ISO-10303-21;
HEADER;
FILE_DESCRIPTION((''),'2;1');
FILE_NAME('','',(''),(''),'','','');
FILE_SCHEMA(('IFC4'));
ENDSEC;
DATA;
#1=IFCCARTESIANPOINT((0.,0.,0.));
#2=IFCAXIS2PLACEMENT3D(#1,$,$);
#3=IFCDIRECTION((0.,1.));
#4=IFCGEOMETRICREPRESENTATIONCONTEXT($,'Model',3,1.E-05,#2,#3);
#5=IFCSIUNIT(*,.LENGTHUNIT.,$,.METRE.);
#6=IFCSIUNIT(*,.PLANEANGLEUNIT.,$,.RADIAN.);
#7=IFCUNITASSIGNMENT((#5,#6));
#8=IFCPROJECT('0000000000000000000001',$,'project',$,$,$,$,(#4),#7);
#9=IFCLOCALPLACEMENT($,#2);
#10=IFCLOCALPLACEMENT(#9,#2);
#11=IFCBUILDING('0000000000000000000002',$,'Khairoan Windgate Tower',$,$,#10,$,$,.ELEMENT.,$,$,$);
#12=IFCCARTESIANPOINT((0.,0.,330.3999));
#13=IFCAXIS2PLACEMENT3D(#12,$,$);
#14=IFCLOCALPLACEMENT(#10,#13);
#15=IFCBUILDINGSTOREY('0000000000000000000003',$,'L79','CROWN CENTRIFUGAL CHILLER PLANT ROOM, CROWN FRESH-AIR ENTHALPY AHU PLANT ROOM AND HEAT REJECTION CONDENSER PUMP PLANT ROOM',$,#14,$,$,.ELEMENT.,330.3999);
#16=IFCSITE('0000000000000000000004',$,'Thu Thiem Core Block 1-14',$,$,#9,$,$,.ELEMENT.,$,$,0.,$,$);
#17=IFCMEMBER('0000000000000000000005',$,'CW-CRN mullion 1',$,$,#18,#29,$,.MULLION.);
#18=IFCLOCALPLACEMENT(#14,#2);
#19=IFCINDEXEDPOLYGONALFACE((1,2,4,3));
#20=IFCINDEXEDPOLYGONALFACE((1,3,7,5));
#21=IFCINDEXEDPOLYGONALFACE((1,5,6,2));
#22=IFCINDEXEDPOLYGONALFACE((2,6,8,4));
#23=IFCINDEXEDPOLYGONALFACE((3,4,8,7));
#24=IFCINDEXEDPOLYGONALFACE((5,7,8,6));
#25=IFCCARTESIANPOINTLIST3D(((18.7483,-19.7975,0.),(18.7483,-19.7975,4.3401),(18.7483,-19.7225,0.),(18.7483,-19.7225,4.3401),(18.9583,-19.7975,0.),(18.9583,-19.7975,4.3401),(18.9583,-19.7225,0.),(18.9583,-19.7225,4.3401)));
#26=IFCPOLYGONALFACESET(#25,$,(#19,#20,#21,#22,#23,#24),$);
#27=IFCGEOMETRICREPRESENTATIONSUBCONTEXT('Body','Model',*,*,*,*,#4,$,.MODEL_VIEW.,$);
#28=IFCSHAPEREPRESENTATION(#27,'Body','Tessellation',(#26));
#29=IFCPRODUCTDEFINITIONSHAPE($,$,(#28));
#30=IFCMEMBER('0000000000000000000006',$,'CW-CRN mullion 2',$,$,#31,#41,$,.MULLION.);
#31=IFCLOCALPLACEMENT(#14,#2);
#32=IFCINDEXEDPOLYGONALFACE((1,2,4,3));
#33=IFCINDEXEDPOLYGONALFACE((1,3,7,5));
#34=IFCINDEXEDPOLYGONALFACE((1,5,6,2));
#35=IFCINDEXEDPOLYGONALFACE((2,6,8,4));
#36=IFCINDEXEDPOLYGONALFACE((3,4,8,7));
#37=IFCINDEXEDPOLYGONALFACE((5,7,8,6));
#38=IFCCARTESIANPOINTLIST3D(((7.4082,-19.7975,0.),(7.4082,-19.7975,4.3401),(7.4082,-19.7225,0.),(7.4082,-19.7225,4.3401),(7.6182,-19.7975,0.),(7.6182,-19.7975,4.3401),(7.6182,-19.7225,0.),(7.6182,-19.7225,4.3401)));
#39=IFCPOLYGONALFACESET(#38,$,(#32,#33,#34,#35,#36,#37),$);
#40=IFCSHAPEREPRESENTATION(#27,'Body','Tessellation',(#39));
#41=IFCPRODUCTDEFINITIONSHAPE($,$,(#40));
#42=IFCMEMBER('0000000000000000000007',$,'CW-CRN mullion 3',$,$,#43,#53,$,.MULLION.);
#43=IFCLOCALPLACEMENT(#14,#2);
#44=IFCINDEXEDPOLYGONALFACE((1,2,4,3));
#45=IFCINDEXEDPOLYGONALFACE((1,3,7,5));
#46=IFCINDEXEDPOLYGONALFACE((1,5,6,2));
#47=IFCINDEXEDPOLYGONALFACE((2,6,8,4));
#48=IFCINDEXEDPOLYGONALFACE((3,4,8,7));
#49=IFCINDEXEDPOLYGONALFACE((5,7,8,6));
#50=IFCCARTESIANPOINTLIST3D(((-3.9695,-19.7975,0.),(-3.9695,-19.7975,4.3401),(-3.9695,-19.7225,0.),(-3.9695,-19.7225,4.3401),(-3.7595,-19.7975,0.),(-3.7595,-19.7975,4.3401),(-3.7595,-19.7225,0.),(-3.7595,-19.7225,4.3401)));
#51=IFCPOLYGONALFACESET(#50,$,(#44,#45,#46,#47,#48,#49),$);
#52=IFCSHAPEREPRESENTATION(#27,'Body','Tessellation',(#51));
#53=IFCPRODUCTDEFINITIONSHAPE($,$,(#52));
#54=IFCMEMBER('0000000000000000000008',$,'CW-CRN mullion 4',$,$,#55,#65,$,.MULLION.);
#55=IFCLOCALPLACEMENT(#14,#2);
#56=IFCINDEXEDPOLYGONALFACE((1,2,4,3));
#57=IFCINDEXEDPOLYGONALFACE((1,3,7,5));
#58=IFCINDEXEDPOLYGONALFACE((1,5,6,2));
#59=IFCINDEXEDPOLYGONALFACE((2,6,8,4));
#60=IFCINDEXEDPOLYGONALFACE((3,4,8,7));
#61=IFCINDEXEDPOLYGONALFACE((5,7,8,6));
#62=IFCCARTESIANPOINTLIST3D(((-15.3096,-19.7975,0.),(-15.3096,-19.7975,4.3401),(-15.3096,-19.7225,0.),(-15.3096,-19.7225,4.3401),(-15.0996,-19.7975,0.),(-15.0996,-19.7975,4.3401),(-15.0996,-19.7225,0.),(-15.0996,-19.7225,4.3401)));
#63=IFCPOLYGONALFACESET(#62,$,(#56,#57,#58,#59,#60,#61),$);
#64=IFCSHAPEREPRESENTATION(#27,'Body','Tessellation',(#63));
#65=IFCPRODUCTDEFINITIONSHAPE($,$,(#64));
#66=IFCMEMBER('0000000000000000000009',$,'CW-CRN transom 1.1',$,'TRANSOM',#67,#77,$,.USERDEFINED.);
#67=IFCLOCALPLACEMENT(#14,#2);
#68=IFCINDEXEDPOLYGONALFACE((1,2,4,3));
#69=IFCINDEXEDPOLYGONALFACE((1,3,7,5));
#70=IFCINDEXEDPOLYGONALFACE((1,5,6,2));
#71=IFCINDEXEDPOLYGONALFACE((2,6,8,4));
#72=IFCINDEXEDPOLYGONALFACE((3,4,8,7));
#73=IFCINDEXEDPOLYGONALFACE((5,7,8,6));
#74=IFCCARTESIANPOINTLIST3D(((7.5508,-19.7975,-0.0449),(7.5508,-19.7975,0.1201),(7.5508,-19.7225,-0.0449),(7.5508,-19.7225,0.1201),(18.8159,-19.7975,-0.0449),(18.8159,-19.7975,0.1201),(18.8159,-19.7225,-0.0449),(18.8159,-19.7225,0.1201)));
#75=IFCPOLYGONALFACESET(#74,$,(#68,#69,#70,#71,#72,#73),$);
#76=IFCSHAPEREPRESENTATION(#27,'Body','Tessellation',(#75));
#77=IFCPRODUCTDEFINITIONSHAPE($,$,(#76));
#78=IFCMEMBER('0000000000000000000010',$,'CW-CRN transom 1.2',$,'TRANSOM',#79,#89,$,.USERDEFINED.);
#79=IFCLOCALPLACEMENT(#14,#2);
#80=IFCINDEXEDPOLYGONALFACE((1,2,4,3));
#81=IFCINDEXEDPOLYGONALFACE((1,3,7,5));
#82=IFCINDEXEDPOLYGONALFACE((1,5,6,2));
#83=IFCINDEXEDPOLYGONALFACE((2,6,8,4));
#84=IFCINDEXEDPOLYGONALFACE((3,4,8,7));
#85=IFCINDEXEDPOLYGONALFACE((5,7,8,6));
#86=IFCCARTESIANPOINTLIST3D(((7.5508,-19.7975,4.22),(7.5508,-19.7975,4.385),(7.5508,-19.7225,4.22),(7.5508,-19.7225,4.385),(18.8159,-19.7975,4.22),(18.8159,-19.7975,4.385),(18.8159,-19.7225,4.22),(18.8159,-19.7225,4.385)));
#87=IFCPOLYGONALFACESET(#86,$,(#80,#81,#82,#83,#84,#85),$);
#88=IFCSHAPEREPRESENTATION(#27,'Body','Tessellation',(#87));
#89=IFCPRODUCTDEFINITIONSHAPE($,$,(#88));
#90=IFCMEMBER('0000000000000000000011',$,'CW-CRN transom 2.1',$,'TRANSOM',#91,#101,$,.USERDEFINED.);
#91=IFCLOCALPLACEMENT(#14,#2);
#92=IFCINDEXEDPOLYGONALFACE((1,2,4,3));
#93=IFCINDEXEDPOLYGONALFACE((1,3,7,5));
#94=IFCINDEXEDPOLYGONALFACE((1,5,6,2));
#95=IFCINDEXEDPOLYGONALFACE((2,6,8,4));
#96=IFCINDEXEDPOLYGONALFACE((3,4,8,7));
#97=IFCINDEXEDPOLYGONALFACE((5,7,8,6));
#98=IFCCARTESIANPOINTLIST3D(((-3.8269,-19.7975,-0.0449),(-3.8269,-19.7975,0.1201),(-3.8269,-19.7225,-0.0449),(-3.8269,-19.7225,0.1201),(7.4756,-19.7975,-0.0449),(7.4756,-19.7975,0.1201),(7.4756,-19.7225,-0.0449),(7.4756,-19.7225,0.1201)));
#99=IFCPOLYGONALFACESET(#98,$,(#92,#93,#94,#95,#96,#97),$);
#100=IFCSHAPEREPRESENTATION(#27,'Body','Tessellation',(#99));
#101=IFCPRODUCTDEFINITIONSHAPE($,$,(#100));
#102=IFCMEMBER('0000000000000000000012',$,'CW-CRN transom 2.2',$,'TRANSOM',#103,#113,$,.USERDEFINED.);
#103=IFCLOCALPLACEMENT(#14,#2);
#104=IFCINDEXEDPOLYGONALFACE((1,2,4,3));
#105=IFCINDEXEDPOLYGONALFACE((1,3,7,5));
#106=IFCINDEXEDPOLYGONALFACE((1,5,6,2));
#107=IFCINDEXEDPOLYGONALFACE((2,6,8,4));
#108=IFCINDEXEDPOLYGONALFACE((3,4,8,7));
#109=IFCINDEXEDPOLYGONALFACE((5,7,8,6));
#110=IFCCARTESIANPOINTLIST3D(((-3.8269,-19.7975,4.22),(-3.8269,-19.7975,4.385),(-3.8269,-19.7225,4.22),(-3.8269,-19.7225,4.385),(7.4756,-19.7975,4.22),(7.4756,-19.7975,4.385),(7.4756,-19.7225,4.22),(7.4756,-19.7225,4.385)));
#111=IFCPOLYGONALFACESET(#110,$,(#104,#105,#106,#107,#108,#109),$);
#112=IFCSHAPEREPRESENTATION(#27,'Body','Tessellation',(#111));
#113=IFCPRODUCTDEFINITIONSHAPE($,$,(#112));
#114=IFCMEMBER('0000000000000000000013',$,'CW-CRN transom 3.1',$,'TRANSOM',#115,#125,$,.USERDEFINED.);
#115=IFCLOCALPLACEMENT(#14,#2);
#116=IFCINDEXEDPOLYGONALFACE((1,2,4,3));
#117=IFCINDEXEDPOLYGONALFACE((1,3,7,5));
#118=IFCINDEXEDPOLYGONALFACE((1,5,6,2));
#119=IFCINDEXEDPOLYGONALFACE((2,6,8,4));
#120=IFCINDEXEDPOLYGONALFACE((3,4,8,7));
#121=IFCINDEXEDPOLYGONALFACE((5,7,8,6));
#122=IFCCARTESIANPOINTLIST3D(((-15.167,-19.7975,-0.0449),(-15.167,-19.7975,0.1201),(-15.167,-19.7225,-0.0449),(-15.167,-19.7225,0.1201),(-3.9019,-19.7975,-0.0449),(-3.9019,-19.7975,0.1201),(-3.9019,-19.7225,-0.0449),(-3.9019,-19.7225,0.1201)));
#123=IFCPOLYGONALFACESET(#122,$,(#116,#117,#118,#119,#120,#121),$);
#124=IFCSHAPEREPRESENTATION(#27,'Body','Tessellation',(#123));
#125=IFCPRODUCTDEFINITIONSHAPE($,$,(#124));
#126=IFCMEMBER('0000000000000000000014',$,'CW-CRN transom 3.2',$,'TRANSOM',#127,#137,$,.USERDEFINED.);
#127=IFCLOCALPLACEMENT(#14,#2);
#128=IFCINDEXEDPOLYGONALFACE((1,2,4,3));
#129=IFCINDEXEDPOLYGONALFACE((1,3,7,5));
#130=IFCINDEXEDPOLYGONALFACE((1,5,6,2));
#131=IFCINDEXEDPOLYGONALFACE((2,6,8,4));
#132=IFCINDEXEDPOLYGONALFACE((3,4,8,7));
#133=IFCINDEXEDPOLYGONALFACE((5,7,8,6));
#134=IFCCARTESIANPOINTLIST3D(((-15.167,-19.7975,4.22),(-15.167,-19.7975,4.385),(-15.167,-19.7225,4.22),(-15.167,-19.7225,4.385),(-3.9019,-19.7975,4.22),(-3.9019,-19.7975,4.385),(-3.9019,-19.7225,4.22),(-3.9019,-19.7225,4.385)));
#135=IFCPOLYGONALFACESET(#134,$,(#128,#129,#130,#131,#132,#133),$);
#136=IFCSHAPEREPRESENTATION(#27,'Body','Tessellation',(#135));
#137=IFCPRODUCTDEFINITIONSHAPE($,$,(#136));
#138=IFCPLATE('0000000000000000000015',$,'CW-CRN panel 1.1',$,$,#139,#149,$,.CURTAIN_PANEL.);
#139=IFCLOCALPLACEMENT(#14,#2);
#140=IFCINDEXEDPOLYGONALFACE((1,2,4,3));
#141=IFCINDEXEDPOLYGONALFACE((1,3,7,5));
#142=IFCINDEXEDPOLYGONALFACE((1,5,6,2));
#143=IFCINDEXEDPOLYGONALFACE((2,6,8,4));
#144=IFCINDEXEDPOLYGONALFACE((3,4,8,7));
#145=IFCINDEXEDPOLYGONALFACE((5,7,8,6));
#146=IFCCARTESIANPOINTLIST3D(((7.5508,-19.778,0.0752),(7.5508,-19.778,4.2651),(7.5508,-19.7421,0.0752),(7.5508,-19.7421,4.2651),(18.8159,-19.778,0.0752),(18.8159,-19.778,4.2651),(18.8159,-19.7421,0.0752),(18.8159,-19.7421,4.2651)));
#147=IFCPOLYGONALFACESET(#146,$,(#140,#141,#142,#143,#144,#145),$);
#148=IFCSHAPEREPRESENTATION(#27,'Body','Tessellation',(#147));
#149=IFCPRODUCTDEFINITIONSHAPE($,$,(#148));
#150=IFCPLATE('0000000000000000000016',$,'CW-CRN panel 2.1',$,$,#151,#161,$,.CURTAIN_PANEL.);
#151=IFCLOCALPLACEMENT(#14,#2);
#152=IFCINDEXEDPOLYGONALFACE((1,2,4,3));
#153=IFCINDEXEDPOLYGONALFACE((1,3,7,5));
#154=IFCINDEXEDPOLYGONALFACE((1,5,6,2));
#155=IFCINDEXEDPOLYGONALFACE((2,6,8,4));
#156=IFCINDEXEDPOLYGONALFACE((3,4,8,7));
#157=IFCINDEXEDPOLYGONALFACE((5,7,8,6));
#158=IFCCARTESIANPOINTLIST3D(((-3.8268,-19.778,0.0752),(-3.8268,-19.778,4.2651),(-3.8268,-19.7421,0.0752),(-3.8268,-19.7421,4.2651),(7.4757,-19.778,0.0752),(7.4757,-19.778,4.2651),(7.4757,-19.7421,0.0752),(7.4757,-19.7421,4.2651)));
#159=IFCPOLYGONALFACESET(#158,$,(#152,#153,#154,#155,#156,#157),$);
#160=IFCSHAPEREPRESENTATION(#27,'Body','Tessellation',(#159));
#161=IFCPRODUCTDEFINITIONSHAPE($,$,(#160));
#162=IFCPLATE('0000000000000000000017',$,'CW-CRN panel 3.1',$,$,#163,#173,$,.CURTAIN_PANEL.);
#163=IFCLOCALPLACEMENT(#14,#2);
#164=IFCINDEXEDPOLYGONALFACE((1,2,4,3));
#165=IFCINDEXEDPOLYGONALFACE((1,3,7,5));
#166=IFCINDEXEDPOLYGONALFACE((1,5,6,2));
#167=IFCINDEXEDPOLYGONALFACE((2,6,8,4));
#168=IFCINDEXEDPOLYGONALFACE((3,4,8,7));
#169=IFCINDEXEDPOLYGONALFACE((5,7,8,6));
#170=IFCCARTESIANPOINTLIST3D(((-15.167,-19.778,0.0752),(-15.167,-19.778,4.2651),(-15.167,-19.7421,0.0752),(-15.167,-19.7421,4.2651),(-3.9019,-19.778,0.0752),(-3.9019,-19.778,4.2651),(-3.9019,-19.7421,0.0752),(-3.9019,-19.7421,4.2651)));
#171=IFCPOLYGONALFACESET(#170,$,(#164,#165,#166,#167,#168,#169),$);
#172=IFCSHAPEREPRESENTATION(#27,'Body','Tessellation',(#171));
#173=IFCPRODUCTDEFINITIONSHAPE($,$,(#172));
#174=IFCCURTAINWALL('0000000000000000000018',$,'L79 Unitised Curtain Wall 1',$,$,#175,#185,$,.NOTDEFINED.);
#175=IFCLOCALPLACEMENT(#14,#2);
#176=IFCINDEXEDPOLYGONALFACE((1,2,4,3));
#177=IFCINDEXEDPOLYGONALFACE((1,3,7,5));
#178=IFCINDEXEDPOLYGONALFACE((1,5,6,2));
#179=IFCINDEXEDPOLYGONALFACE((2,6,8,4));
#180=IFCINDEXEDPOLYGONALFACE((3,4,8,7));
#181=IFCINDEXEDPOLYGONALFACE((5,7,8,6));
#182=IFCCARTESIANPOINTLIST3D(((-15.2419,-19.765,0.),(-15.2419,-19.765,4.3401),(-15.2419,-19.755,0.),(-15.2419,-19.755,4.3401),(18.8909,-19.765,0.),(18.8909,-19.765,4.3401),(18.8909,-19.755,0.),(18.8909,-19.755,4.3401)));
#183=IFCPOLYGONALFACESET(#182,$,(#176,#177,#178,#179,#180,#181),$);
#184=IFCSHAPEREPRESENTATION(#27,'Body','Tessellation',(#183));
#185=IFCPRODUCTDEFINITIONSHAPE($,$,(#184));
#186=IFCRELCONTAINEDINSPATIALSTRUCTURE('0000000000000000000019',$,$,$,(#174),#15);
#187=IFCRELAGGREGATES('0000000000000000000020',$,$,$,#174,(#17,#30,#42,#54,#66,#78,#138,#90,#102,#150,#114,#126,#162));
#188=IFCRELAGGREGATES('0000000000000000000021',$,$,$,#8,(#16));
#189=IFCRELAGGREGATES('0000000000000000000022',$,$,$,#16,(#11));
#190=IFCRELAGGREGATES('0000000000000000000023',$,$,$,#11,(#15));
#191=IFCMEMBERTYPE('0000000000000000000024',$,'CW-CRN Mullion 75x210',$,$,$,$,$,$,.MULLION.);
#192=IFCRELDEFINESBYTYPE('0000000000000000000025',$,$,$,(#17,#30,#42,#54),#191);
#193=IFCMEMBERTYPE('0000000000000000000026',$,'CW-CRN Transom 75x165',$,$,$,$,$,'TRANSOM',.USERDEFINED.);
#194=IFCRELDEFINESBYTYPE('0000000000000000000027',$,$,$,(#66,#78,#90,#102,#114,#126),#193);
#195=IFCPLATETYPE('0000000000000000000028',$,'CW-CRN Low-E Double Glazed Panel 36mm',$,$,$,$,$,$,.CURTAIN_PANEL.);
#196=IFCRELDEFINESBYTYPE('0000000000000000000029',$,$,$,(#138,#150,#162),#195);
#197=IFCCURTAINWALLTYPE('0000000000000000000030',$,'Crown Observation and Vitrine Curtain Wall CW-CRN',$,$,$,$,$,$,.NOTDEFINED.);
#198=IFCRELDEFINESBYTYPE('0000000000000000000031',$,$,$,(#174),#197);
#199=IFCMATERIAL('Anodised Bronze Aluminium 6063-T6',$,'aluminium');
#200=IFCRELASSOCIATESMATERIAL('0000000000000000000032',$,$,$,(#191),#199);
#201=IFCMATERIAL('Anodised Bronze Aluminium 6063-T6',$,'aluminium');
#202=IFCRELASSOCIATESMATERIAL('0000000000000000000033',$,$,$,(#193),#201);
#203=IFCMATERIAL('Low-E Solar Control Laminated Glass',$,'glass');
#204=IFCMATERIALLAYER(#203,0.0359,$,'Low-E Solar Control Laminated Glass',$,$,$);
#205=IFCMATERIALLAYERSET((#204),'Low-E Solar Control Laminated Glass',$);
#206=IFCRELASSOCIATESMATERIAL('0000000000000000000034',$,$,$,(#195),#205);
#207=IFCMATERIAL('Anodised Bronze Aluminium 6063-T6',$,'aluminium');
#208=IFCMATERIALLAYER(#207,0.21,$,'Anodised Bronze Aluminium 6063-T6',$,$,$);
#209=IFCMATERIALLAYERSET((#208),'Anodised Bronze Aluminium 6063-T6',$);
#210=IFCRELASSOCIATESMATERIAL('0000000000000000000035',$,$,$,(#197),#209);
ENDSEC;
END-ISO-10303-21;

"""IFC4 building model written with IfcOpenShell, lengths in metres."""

from ifc_helpers import new_model, si_unit, direction, frame, frame_2d, origin, origin_2d, place, context, subcontext, project, spatial, rectangle, extrude, material, layer, layer_set, material_profile, profile_set, type_object, element, aggregate, save


model = new_model("IFC4")

# Units and contexts
model_context = context("Model", 3, precision=1e-05, world=origin(), true_north=direction((0.0, 1.0)))
body_context = subcontext(model_context, "Body", "Model", "MODEL_VIEW")
ifc_project = project(units=[si_unit("LENGTHUNIT", "METRE"), si_unit("PLANEANGLEUNIT", "RADIAN")], contexts=[model_context])

# Site, building, storey
site_placement = place(None, origin())
site = spatial("IfcSite", under=ifc_project, at=site_placement, Name="Thu Thiem Core Block 1-14", CompositionType="ELEMENT", RefElevation=0.0)
building_placement = place(site_placement, origin())
building = spatial("IfcBuilding", under=site, at=building_placement, Name="Khairoan Windgate Tower", CompositionType="ELEMENT")
storey_placement = place(building_placement, frame((0.0, 0.0, 330.3999)))
storey = spatial("IfcBuildingStorey", under=building, at=storey_placement, Name="L79", Description="CROWN CENTRIFUGAL CHILLER PLANT ROOM, CROWN FRESH-AIR ENTHALPY AHU PLANT ROOM AND HEAT REJECTION CONDENSER PUMP PLANT ROOM", CompositionType="ELEMENT", Elevation=330.3999)

# Members
ifc_material_1 = material(Name="Anodised Bronze Aluminium 6063-T6", Category="aluminium")
ifc_material_profile_1 = material_profile(ifc_material_1, rectangle(XDim=0.075, YDim=0.21, at=origin_2d()))
ifc_profile_set_1 = profile_set([ifc_material_profile_1], Name="Anodised Bronze Aluminium 6063-T6")
member_type_1 = type_object("IfcMemberType", Name="CW-CRN Mullion 75x210", PredefinedType="MULLION", material=ifc_profile_set_1)
member_1_placement = place(storey_placement, frame((18.8533, -19.76, 0.0), z_axis=(0.0, 0.0, 1.0), x_axis=(0.0, -1.0, 0.0)))
member_1 = element("IfcMember", 1, at=member_1_placement, type_object=member_type_1, Name="CW-CRN mullion 1", PredefinedType="MULLION", context=body_context, shape_type="SweptSolid", body=[
    extrude(rectangle(XDim=0.075, YDim=0.21, at=origin_2d()), origin(), (0.0, 0.0, 1.0), 4.3401),
])
member_2_placement = place(storey_placement, frame((7.5132, -19.76, 0.0), z_axis=(0.0, 0.0, 1.0), x_axis=(0.0, -1.0, 0.0)))
member_2 = element("IfcMember", 2, at=member_2_placement, type_object=member_type_1, Name="CW-CRN mullion 2", PredefinedType="MULLION", context=body_context, shape_type="SweptSolid", body=[
    extrude(rectangle(XDim=0.075, YDim=0.21, at=origin_2d()), origin(), (0.0, 0.0, 1.0), 4.3401),
])
member_3_placement = place(storey_placement, frame((-3.8645, -19.76, 0.0), z_axis=(0.0, 0.0, 1.0), x_axis=(0.0, -1.0, 0.0)))
member_3 = element("IfcMember", 3, at=member_3_placement, type_object=member_type_1, Name="CW-CRN mullion 3", PredefinedType="MULLION", context=body_context, shape_type="SweptSolid", body=[
    extrude(rectangle(XDim=0.075, YDim=0.21, at=origin_2d()), origin(), (0.0, 0.0, 1.0), 4.3401),
])
member_4_placement = place(storey_placement, frame((-15.2046, -19.76, 0.0), z_axis=(0.0, 0.0, 1.0), x_axis=(0.0, -1.0, 0.0)))
member_4 = element("IfcMember", 4, at=member_4_placement, type_object=member_type_1, Name="CW-CRN mullion 4", PredefinedType="MULLION", context=body_context, shape_type="SweptSolid", body=[
    extrude(rectangle(XDim=0.075, YDim=0.21, at=origin_2d()), origin(), (0.0, 0.0, 1.0), 4.3401),
])
ifc_material_2 = material(Name="Anodised Bronze Aluminium 6063-T6", Category="aluminium")
ifc_material_profile_2 = material_profile(ifc_material_2, rectangle(XDim=0.075, YDim=0.165, at=origin_2d()))
ifc_profile_set_2 = profile_set([ifc_material_profile_2], Name="Anodised Bronze Aluminium 6063-T6")
member_type_2 = type_object("IfcMemberType", Name="CW-CRN Transom 75x165", ElementType="TRANSOM", PredefinedType="USERDEFINED", material=ifc_profile_set_2)
member_5_placement = place(storey_placement, frame((18.8159, -19.76, 0.0376), z_axis=(-1.0, 0.0, 0.0), x_axis=(0.0, -1.0, 0.0)))
member_5 = element("IfcMember", 5, at=member_5_placement, type_object=member_type_2, Name="CW-CRN transom 1.1", ObjectType="TRANSOM", PredefinedType="USERDEFINED", context=body_context, shape_type="SweptSolid", body=[
    extrude(rectangle(XDim=0.075, YDim=0.165, at=origin_2d()), origin(), (0.0, 0.0, 1.0), 11.2651),
])
member_6_placement = place(storey_placement, frame((18.8159, -19.76, 4.3025), z_axis=(-1.0, 0.0, 0.0), x_axis=(0.0, -1.0, 0.0)))
member_6 = element("IfcMember", 6, at=member_6_placement, type_object=member_type_2, Name="CW-CRN transom 1.2", ObjectType="TRANSOM", PredefinedType="USERDEFINED", context=body_context, shape_type="SweptSolid", body=[
    extrude(rectangle(XDim=0.075, YDim=0.165, at=origin_2d()), origin(), (0.0, 0.0, 1.0), 11.2651),
])
member_7_placement = place(storey_placement, frame((7.4756, -19.76, 0.0376), z_axis=(-1.0, 0.0, 0.0), x_axis=(0.0, -1.0, 0.0)))
member_7 = element("IfcMember", 7, at=member_7_placement, type_object=member_type_2, Name="CW-CRN transom 2.1", ObjectType="TRANSOM", PredefinedType="USERDEFINED", context=body_context, shape_type="SweptSolid", body=[
    extrude(rectangle(XDim=0.075, YDim=0.165, at=origin_2d()), origin(), (0.0, 0.0, 1.0), 11.3025),
])
member_8_placement = place(storey_placement, frame((7.4756, -19.76, 4.3025), z_axis=(-1.0, 0.0, 0.0), x_axis=(0.0, -1.0, 0.0)))
member_8 = element("IfcMember", 8, at=member_8_placement, type_object=member_type_2, Name="CW-CRN transom 2.2", ObjectType="TRANSOM", PredefinedType="USERDEFINED", context=body_context, shape_type="SweptSolid", body=[
    extrude(rectangle(XDim=0.075, YDim=0.165, at=origin_2d()), origin(), (0.0, 0.0, 1.0), 11.3025),
])
member_9_placement = place(storey_placement, frame((-3.9019, -19.76, 0.0376), z_axis=(-1.0, 0.0, 0.0), x_axis=(0.0, -1.0, 0.0)))
member_9 = element("IfcMember", 9, at=member_9_placement, type_object=member_type_2, Name="CW-CRN transom 3.1", ObjectType="TRANSOM", PredefinedType="USERDEFINED", context=body_context, shape_type="SweptSolid", body=[
    extrude(rectangle(XDim=0.075, YDim=0.165, at=origin_2d()), origin(), (0.0, 0.0, 1.0), 11.2651),
])
member_10_placement = place(storey_placement, frame((-3.9019, -19.76, 4.3025), z_axis=(-1.0, 0.0, 0.0), x_axis=(0.0, -1.0, 0.0)))
member_10 = element("IfcMember", 10, at=member_10_placement, type_object=member_type_2, Name="CW-CRN transom 3.2", ObjectType="TRANSOM", PredefinedType="USERDEFINED", context=body_context, shape_type="SweptSolid", body=[
    extrude(rectangle(XDim=0.075, YDim=0.165, at=origin_2d()), origin(), (0.0, 0.0, 1.0), 11.2651),
])

# Plates
ifc_material_3 = material(Name="Low-E Solar Control Laminated Glass", Category="glass")
ifc_layer_1 = layer(ifc_material_3, 0.0359, Name="Low-E Solar Control Laminated Glass")
ifc_layer_set_1 = layer_set([ifc_layer_1], Name="Low-E Solar Control Laminated Glass")
plate_type_1 = type_object("IfcPlateType", Name="CW-CRN Low-E Double Glazed Panel 36mm", PredefinedType="CURTAIN_PANEL", material=ifc_layer_set_1)
plate_1_placement = place(storey_placement, frame((13.1833, -19.76, 0.0752), z_axis=(0.0, 0.0, 1.0), x_axis=(-1.0, 0.0, 0.0)))
plate_1 = element("IfcPlate", 11, at=plate_1_placement, type_object=plate_type_1, Name="CW-CRN panel 1.1", PredefinedType="CURTAIN_PANEL", context=body_context, shape_type="SweptSolid", body=[
    extrude(rectangle(XDim=11.2651, YDim=0.0359, at=origin_2d()), origin(), (0.0, 0.0, 1.0), 4.1899),
])
plate_2_placement = place(storey_placement, frame((1.8245, -19.76, 0.0752), z_axis=(0.0, 0.0, 1.0), x_axis=(-1.0, 0.0, 0.0)))
plate_2 = element("IfcPlate", 12, at=plate_2_placement, type_object=plate_type_1, Name="CW-CRN panel 2.1", PredefinedType="CURTAIN_PANEL", context=body_context, shape_type="SweptSolid", body=[
    extrude(rectangle(XDim=11.3025, YDim=0.0359, at=origin_2d()), origin(), (0.0, 0.0, 1.0), 4.1899),
])
plate_3_placement = place(storey_placement, frame((-9.5344, -19.76, 0.0752), z_axis=(0.0, 0.0, 1.0), x_axis=(-1.0, 0.0, 0.0)))
plate_3 = element("IfcPlate", 13, at=plate_3_placement, type_object=plate_type_1, Name="CW-CRN panel 3.1", PredefinedType="CURTAIN_PANEL", context=body_context, shape_type="SweptSolid", body=[
    extrude(rectangle(XDim=11.2651, YDim=0.0359, at=origin_2d()), origin(), (0.0, 0.0, 1.0), 4.1899),
])

# Curtain wall
ifc_material_4 = material(Name="Anodised Bronze Aluminium 6063-T6", Category="aluminium")
ifc_layer_2 = layer(ifc_material_4, 0.21, Name="Anodised Bronze Aluminium 6063-T6")
ifc_layer_set_2 = layer_set([ifc_layer_2], Name="Anodised Bronze Aluminium 6063-T6")
curtain_wall_type = type_object("IfcCurtainWallType", Name="Crown Observation and Vitrine Curtain Wall CW-CRN", PredefinedType="NOTDEFINED", material=ifc_layer_set_2)
curtain_wall_placement = place(storey_placement, frame((18.8909, -19.76, 0.0), z_axis=(0.0, 0.0, 1.0), x_axis=(-1.0, 0.0, 0.0)))
curtain_wall = element("IfcCurtainWall", 14, at=curtain_wall_placement, inside=storey, type_object=curtain_wall_type, Name="L79 Unitised Curtain Wall 1", PredefinedType="NOTDEFINED", context=body_context, shape_type="SweptSolid", body=[
    extrude(rectangle(XDim=34.1328, YDim=0.01, at=frame_2d((17.0664, 0.0))), origin(), (0.0, 0.0, 1.0), 4.3401),
])
aggregate(curtain_wall, [member_1, member_2, member_3, member_4, member_5, member_6, plate_1, member_7, member_8, plate_2, member_9, member_10, plate_3])

save(model, "model.ifc")
